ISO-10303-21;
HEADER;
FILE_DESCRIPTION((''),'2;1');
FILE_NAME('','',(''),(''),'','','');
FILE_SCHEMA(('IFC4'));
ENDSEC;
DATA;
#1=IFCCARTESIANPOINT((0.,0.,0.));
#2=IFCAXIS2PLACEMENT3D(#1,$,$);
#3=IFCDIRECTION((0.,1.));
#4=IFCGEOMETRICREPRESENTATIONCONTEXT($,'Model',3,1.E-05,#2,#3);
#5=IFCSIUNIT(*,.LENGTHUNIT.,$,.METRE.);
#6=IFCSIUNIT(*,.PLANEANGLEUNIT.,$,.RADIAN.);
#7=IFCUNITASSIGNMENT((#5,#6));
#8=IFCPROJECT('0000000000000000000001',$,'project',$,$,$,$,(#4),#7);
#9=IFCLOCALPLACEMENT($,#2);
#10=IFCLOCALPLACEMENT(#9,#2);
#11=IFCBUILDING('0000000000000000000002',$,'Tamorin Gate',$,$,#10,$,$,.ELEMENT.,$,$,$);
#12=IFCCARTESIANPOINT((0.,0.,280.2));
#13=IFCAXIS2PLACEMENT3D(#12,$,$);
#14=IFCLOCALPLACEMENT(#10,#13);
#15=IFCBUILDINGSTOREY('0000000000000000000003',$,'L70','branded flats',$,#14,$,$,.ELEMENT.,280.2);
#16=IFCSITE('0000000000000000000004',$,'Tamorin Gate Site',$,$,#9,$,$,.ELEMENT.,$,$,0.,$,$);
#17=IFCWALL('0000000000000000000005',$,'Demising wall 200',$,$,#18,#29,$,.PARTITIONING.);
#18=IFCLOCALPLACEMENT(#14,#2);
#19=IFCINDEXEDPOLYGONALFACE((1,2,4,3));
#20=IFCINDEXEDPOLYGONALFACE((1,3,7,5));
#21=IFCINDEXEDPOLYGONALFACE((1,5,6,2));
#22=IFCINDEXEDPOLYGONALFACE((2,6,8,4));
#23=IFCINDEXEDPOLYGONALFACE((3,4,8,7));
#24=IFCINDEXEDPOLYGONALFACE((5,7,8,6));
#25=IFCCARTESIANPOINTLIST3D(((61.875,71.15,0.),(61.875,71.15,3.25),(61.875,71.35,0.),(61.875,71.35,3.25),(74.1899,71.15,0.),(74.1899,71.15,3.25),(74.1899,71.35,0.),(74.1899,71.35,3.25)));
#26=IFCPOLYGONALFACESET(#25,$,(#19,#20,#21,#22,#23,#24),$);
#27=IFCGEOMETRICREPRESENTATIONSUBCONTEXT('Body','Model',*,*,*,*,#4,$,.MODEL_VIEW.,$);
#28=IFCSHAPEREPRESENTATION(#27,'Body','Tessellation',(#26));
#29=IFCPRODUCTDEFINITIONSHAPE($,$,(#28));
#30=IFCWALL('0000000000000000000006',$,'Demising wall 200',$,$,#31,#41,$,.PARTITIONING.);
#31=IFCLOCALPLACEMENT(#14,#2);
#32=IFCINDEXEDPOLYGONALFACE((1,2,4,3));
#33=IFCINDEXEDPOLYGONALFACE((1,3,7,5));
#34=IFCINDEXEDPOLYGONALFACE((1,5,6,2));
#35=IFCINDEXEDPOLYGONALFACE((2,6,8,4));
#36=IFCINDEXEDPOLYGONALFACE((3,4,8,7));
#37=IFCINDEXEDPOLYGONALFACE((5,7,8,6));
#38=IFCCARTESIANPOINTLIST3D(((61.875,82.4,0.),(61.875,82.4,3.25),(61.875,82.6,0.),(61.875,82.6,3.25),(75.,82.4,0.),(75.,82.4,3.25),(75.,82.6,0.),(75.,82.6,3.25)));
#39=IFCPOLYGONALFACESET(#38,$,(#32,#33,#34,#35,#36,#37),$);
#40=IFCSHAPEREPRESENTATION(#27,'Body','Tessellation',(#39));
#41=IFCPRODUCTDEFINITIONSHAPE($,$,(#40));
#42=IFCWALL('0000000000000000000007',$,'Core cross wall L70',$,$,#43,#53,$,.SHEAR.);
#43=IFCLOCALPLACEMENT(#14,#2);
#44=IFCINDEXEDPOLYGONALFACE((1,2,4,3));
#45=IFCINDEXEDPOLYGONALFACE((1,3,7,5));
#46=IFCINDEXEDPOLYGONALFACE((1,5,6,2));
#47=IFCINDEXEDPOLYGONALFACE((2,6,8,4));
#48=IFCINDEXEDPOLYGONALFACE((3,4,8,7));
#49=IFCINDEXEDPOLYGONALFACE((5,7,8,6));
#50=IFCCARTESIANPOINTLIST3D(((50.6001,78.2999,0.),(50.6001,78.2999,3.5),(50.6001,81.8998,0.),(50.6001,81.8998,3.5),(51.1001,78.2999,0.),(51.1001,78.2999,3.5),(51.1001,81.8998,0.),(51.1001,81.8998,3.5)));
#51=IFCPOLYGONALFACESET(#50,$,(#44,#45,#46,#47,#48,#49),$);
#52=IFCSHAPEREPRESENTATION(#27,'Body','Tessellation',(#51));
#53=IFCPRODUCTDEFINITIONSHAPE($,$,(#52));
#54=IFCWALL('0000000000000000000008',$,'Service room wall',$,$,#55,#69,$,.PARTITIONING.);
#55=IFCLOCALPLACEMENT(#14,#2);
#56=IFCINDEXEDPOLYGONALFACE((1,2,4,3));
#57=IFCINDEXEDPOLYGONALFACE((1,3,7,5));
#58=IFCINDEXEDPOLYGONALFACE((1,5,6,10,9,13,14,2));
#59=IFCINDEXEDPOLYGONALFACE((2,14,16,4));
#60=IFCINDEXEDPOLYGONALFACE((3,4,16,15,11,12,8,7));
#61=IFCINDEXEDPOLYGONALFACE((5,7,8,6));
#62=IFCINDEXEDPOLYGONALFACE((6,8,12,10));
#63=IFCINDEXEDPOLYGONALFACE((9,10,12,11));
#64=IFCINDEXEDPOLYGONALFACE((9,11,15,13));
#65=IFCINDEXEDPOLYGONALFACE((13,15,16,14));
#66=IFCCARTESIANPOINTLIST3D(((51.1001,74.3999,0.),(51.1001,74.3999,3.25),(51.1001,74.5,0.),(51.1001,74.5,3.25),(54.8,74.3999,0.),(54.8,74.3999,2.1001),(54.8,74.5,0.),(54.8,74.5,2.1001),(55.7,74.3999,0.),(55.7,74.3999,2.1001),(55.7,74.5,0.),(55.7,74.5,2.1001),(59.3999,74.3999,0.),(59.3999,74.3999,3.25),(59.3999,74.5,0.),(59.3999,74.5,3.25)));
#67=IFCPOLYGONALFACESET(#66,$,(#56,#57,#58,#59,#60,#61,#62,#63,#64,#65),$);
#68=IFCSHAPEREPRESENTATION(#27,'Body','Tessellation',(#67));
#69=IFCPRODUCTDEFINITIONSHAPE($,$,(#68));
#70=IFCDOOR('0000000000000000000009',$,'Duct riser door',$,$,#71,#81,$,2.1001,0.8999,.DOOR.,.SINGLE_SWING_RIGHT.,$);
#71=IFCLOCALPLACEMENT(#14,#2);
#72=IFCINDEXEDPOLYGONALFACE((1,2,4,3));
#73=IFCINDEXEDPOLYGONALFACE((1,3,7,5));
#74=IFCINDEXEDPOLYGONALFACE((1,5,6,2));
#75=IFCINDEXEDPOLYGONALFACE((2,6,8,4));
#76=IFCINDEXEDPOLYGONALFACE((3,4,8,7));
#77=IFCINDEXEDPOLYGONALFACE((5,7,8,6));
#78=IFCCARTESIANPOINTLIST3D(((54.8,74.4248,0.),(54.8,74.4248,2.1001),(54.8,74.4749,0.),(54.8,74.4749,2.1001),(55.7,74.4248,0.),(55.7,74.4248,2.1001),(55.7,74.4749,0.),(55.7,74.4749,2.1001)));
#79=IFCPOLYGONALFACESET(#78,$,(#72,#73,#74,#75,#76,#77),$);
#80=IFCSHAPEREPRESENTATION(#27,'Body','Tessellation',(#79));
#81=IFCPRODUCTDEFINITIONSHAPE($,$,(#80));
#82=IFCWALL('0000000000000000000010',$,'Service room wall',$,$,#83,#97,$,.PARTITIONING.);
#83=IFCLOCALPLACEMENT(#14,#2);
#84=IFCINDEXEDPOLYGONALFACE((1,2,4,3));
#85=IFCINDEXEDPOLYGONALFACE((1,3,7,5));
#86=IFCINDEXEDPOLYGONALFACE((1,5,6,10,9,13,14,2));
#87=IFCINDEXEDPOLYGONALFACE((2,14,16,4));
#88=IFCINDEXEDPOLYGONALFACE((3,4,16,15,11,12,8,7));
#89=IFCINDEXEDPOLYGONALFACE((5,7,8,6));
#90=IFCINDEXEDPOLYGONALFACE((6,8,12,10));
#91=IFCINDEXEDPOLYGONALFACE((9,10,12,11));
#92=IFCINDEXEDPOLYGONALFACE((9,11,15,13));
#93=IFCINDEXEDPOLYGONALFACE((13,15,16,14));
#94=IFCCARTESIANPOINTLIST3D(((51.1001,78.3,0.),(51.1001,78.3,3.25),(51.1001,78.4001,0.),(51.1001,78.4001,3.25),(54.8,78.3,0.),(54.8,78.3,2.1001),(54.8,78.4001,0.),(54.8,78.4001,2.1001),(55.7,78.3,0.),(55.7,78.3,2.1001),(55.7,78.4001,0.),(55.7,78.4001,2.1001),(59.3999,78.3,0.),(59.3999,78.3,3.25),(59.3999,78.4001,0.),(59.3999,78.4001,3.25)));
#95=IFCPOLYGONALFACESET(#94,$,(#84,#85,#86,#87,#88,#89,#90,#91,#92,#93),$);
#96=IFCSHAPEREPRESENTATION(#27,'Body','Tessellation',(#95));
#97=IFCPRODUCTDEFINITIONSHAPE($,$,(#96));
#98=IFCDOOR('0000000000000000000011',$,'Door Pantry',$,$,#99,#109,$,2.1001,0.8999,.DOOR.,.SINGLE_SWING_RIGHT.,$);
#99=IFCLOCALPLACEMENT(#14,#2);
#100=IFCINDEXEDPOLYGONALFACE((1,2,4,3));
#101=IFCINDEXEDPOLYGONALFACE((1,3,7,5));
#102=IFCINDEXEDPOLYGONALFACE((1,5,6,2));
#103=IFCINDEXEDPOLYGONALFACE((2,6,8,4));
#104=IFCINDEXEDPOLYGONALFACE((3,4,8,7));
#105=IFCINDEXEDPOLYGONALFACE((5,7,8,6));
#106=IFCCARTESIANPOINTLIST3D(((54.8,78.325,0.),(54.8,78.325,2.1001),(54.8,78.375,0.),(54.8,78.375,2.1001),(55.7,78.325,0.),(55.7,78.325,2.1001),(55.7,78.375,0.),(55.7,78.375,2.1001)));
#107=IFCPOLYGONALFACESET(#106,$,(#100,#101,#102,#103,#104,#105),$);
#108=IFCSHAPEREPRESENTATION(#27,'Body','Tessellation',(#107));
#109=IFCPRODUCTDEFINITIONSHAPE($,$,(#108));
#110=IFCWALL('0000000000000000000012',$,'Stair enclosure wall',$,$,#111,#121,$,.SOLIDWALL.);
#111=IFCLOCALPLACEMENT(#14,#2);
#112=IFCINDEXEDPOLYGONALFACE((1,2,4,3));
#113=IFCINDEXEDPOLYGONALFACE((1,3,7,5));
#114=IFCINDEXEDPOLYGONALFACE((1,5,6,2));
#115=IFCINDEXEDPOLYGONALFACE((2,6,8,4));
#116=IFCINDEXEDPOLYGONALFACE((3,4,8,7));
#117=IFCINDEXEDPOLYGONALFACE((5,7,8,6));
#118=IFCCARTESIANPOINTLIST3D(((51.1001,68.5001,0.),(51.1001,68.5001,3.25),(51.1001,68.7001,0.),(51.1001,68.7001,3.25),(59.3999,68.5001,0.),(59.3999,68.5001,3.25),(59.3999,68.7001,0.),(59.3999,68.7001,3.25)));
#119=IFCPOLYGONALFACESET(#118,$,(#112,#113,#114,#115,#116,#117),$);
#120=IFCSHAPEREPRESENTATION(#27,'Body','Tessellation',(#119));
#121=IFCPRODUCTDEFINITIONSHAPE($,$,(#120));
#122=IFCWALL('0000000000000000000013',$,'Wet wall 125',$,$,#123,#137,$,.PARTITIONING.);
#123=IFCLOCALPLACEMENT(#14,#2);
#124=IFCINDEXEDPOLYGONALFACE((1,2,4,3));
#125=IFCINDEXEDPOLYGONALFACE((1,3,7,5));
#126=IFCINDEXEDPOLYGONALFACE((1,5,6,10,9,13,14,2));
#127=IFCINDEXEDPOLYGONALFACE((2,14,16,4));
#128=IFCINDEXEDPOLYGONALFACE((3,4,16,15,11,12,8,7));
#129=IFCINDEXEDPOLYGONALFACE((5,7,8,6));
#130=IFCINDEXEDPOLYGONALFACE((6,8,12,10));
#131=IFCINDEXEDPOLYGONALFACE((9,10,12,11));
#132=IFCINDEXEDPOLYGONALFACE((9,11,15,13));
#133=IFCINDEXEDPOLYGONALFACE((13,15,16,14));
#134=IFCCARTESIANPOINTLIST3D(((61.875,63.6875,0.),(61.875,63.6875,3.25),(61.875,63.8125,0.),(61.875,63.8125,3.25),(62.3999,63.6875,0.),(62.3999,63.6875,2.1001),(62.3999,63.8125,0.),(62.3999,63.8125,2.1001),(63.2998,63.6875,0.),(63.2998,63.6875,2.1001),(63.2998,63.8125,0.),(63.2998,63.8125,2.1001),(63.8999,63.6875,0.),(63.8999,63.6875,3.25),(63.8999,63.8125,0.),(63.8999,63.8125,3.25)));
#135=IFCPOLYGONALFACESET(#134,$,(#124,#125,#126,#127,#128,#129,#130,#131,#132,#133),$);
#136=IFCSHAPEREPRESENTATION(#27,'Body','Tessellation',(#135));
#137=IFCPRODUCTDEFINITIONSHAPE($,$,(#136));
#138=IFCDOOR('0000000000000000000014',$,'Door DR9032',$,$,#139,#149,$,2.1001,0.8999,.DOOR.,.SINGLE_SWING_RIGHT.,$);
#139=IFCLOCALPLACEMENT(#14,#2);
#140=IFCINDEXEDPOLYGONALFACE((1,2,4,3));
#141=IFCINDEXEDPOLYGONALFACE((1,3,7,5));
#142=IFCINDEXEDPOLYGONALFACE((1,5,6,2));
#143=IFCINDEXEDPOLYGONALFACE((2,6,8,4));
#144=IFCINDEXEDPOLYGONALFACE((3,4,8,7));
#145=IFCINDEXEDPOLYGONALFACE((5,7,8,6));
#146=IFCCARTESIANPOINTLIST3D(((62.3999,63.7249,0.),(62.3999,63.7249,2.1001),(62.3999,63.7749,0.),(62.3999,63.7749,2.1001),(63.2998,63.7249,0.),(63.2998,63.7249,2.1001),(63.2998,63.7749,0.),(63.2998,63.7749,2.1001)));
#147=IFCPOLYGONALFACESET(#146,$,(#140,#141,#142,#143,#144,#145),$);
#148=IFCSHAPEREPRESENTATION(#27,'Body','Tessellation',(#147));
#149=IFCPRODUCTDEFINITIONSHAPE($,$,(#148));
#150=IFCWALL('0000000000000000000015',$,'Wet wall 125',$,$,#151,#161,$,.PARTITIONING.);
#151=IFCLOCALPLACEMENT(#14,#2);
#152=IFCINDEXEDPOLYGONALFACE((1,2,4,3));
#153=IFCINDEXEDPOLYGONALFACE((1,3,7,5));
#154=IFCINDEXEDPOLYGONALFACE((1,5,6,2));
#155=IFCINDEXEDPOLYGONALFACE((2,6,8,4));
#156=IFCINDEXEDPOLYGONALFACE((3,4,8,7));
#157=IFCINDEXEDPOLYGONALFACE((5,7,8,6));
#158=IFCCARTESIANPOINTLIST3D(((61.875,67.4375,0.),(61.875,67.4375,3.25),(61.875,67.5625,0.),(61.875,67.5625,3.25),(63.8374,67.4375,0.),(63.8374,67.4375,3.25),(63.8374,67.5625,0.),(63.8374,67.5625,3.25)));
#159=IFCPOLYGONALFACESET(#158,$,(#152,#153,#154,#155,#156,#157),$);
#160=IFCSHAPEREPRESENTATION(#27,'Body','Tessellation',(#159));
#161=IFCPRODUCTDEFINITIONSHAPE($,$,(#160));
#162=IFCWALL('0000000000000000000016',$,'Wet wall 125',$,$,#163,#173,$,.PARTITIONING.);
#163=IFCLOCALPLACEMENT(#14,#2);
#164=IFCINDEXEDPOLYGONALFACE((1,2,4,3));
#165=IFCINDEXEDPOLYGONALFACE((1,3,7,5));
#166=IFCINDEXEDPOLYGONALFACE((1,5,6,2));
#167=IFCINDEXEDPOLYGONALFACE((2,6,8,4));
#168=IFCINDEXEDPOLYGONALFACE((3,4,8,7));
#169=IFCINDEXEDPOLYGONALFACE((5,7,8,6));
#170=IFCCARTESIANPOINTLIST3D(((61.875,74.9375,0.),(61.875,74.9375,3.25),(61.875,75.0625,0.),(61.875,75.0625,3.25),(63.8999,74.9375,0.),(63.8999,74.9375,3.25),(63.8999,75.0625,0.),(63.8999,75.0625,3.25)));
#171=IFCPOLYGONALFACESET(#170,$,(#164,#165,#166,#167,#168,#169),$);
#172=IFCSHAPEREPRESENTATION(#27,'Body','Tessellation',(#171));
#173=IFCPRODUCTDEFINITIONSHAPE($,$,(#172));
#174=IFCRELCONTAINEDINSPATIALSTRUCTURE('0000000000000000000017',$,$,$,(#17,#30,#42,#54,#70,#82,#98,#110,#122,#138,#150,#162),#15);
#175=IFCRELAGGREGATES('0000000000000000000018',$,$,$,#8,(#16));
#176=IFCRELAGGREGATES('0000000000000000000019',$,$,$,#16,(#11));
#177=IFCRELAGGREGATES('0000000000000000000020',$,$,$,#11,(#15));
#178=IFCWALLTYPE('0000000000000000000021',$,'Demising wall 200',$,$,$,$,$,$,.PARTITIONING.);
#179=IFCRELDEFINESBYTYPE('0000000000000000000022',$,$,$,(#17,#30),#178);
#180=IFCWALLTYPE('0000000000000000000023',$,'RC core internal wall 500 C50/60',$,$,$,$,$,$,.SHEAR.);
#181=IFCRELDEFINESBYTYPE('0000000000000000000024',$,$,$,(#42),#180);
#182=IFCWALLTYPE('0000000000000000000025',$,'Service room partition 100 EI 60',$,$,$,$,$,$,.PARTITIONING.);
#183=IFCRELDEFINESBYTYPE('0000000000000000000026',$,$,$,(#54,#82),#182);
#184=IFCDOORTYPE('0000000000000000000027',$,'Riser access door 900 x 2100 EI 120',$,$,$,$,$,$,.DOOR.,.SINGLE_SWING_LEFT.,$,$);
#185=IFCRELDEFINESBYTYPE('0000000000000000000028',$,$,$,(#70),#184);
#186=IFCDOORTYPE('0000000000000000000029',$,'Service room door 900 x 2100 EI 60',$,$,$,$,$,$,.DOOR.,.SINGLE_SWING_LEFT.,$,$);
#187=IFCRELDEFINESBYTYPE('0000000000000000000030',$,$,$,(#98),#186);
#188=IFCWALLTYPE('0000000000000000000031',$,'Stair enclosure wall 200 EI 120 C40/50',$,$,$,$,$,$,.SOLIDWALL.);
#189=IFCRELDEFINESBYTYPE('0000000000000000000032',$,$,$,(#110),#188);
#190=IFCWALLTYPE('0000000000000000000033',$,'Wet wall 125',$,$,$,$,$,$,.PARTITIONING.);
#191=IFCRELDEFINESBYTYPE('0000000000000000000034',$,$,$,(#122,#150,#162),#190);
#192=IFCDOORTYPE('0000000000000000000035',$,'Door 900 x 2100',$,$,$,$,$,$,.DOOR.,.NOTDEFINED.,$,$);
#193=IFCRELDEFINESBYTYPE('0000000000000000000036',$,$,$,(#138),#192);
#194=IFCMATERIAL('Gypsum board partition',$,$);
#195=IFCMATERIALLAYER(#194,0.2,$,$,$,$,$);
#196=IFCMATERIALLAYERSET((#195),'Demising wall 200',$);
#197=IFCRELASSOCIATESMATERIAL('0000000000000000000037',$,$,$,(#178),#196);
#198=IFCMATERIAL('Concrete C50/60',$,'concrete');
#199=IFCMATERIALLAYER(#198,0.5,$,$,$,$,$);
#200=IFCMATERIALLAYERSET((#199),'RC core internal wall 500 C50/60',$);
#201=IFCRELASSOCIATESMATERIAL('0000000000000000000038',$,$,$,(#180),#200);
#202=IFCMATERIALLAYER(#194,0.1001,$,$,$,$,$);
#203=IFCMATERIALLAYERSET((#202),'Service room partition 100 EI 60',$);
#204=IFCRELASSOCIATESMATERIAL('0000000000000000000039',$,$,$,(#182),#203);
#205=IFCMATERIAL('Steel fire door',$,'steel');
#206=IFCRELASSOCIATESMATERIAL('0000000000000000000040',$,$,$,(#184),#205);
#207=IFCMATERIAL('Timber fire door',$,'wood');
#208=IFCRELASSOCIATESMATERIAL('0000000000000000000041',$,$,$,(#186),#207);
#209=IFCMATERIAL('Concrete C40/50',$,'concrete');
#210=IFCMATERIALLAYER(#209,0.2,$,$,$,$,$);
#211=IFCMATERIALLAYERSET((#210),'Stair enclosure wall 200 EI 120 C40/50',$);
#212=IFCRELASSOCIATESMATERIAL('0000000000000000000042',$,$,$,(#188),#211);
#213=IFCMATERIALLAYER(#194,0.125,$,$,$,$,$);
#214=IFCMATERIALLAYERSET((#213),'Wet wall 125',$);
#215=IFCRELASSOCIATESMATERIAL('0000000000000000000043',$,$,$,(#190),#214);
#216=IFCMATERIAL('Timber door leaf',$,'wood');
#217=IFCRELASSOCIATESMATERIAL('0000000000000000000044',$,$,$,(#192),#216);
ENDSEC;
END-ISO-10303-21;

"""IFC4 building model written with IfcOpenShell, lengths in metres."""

from ifc_helpers import new_model, si_unit, direction, frame, frame_2d, origin, place, context, subcontext, project, spatial, rectangle, extrude, material, layer, layer_set, type_object, element, fill, save


model = new_model("IFC4")

# Units and contexts
model_context = context("Model", 3, precision=1e-05, world=origin(), true_north=direction((0.0, 1.0)))
body_context = subcontext(model_context, "Body", "Model", "MODEL_VIEW")
ifc_project = project(units=[si_unit("LENGTHUNIT", "METRE"), si_unit("PLANEANGLEUNIT", "RADIAN")], contexts=[model_context])

# Site, building, storey
site_placement = place(None, origin())
site = spatial("IfcSite", under=ifc_project, at=site_placement, Name="Tamorin Gate Site", CompositionType="ELEMENT", RefElevation=0.0)
building_placement = place(site_placement, origin())
building = spatial("IfcBuilding", under=site, at=building_placement, Name="Tamorin Gate", CompositionType="ELEMENT")
storey_placement = place(building_placement, frame((0.0, 0.0, 280.2)))
storey = spatial("IfcBuildingStorey", under=building, at=storey_placement, Name="L70", Description="branded flats", CompositionType="ELEMENT", Elevation=280.2)

# Walls
ifc_material_1 = material(Name="Gypsum board partition")
ifc_layer_1 = layer(ifc_material_1, 0.2)
ifc_layer_set_1 = layer_set([ifc_layer_1], Name="Demising wall 200")
wall_type_1 = type_object("IfcWallType", Name="Demising wall 200", PredefinedType="PARTITIONING", material=ifc_layer_set_1)
wall_1_placement = place(storey_placement, frame((61.875, 71.25, 0.0), z_axis=(0.0, 0.0, 1.0), x_axis=(1.0, 0.0, 0.0)))
element("IfcWall", 1, at=wall_1_placement, inside=storey, type_object=wall_type_1, Name="Demising wall 200", PredefinedType="PARTITIONING", context=body_context, shape_type="SweptSolid", body=[
    extrude(rectangle(XDim=12.3149, YDim=0.2, at=frame_2d((6.1575, 0.0))), origin(), (0.0, 0.0, 1.0), 3.25),
])
wall_2_placement = place(storey_placement, frame((61.875, 82.5, 0.0), z_axis=(0.0, 0.0, 1.0), x_axis=(1.0, 0.0, 0.0)))
element("IfcWall", 2, at=wall_2_placement, inside=storey, type_object=wall_type_1, Name="Demising wall 200", PredefinedType="PARTITIONING", context=body_context, shape_type="SweptSolid", body=[
    extrude(rectangle(XDim=13.125, YDim=0.2, at=frame_2d((6.5625, 0.0))), origin(), (0.0, 0.0, 1.0), 3.25),
])
ifc_material_2 = material(Name="Concrete C50/60", Category="concrete")
ifc_layer_2 = layer(ifc_material_2, 0.5)
ifc_layer_set_2 = layer_set([ifc_layer_2], Name="RC core internal wall 500 C50/60")
wall_type_2 = type_object("IfcWallType", Name="RC core internal wall 500 C50/60", PredefinedType="SHEAR", material=ifc_layer_set_2)
wall_3_placement = place(storey_placement, frame((50.8501, 78.3, 0.0), z_axis=(0.0, 0.0, 1.0), x_axis=(0.0, 1.0, 0.0)))
element("IfcWall", 3, at=wall_3_placement, inside=storey, type_object=wall_type_2, Name="Core cross wall L70", PredefinedType="SHEAR", context=body_context, shape_type="SweptSolid", body=[
    extrude(rectangle(XDim=3.5999, YDim=0.5, at=frame_2d((1.7998, 0.0))), origin(), (0.0, 0.0, 1.0), 3.5),
])

# Walls, openings, doors
ifc_layer_3 = layer(ifc_material_1, 0.1001)
ifc_layer_set_3 = layer_set([ifc_layer_3], Name="Service room partition 100 EI 60")
wall_type_3 = type_object("IfcWallType", Name="Service room partition 100 EI 60", PredefinedType="PARTITIONING", material=ifc_layer_set_3)
wall_4_placement = place(storey_placement, frame((51.1001, 74.45, 0.0), z_axis=(0.0, 0.0, 1.0), x_axis=(1.0, 0.0, 0.0)))
wall_4 = element("IfcWall", 4, at=wall_4_placement, inside=storey, type_object=wall_type_3, Name="Service room wall", PredefinedType="PARTITIONING", context=body_context, shape_type="SweptSolid", body=[
    extrude(rectangle(XDim=8.2998, YDim=0.1001, at=frame_2d((4.1499, 0.0))), origin(), (0.0, 0.0, 1.0), 3.25),
])
opening_1_placement = place(wall_4_placement, frame((3.7, 0.0, 0.0)))
opening_1 = element("IfcOpeningElement", 5, at=opening_1_placement, cuts=wall_4, PredefinedType="OPENING", context=body_context, shape_type="SweptSolid", body=[
    extrude(rectangle(XDim=0.8999, YDim=2.1001, at=frame_2d((0.45, 1.05))), frame((0.0, 0.0601, 0.0), z_axis=(0.0, -1.0, 0.0), x_axis=(1.0, 0.0, 0.0)), (0.0, 0.0, 1.0), 0.1201),
])
ifc_material_3 = material(Name="Steel fire door", Category="steel")
door_type_1 = type_object("IfcDoorType", Name="Riser access door 900 x 2100 EI 120", OperationType="SINGLE_SWING_LEFT", PredefinedType="DOOR", material=ifc_material_3)
door_1_placement = place(opening_1_placement, origin())
door_1 = element("IfcDoor", 6, at=door_1_placement, inside=storey, type_object=door_type_1, Name="Duct riser door", OperationType="SINGLE_SWING_RIGHT", OverallHeight=2.1001, OverallWidth=0.8999, PredefinedType="DOOR", context=body_context, shape_type="SweptSolid", body=[
    extrude(rectangle(XDim=0.8999, YDim=2.1001, at=frame_2d((0.45, 1.05))), frame((0.0, 0.0249, 0.0), z_axis=(0.0, -1.0, 0.0), x_axis=(1.0, 0.0, 0.0)), (0.0, 0.0, 1.0), 0.05),
])
fill(opening_1, door_1)
wall_5_placement = place(storey_placement, frame((51.1001, 78.3501, 0.0), z_axis=(0.0, 0.0, 1.0), x_axis=(1.0, 0.0, 0.0)))
wall_5 = element("IfcWall", 7, at=wall_5_placement, inside=storey, type_object=wall_type_3, Name="Service room wall", PredefinedType="PARTITIONING", context=body_context, shape_type="SweptSolid", body=[
    extrude(rectangle(XDim=8.2998, YDim=0.1001, at=frame_2d((4.1499, 0.0))), origin(), (0.0, 0.0, 1.0), 3.25),
])
opening_2_placement = place(wall_5_placement, frame((3.7, 0.0, 0.0)))
opening_2 = element("IfcOpeningElement", 8, at=opening_2_placement, cuts=wall_5, PredefinedType="OPENING", context=body_context, shape_type="SweptSolid", body=[
    extrude(rectangle(XDim=0.8999, YDim=2.1001, at=frame_2d((0.45, 1.05))), frame((0.0, 0.0601, 0.0), z_axis=(0.0, -1.0, 0.0), x_axis=(1.0, 0.0, 0.0)), (0.0, 0.0, 1.0), 0.1201),
])
ifc_material_4 = material(Name="Timber fire door", Category="wood")
door_type_2 = type_object("IfcDoorType", Name="Service room door 900 x 2100 EI 60", OperationType="SINGLE_SWING_LEFT", PredefinedType="DOOR", material=ifc_material_4)
door_2_placement = place(opening_2_placement, origin())
door_2 = element("IfcDoor", 9, at=door_2_placement, inside=storey, type_object=door_type_2, Name="Door Pantry", OperationType="SINGLE_SWING_RIGHT", OverallHeight=2.1001, OverallWidth=0.8999, PredefinedType="DOOR", context=body_context, shape_type="SweptSolid", body=[
    extrude(rectangle(XDim=0.8999, YDim=2.1001, at=frame_2d((0.45, 1.05))), frame((0.0, 0.0249, 0.0), z_axis=(0.0, -1.0, 0.0), x_axis=(1.0, 0.0, 0.0)), (0.0, 0.0, 1.0), 0.05),
])
fill(opening_2, door_2)

# Wall
ifc_material_5 = material(Name="Concrete C40/50", Category="concrete")
ifc_layer_4 = layer(ifc_material_5, 0.2)
ifc_layer_set_4 = layer_set([ifc_layer_4], Name="Stair enclosure wall 200 EI 120 C40/50")
wall_type_4 = type_object("IfcWallType", Name="Stair enclosure wall 200 EI 120 C40/50", PredefinedType="SOLIDWALL", material=ifc_layer_set_4)
wall_6_placement = place(storey_placement, frame((51.1001, 68.6001, 0.0), z_axis=(0.0, 0.0, 1.0), x_axis=(1.0, 0.0, 0.0)))
element("IfcWall", 10, at=wall_6_placement, inside=storey, type_object=wall_type_4, Name="Stair enclosure wall", PredefinedType="SOLIDWALL", context=body_context, shape_type="SweptSolid", body=[
    extrude(rectangle(XDim=8.2998, YDim=0.2, at=frame_2d((4.1499, 0.0))), origin(), (0.0, 0.0, 1.0), 3.25),
])

# Wall, opening, door
ifc_layer_5 = layer(ifc_material_1, 0.125)
ifc_layer_set_5 = layer_set([ifc_layer_5], Name="Wet wall 125")
wall_type_5 = type_object("IfcWallType", Name="Wet wall 125", PredefinedType="PARTITIONING", material=ifc_layer_set_5)
wall_7_placement = place(storey_placement, frame((61.875, 63.75, 0.0), z_axis=(0.0, 0.0, 1.0), x_axis=(1.0, 0.0, 0.0)))
wall_7 = element("IfcWall", 11, at=wall_7_placement, inside=storey, type_object=wall_type_5, Name="Wet wall 125", PredefinedType="PARTITIONING", context=body_context, shape_type="SweptSolid", body=[
    extrude(rectangle(XDim=2.0249, YDim=0.125, at=frame_2d((1.0125, 0.0))), origin(), (0.0, 0.0, 1.0), 3.25),
])
opening_3_placement = place(wall_7_placement, frame((0.5249, 0.0, 0.0)))
opening_3 = element("IfcOpeningElement", 12, at=opening_3_placement, cuts=wall_7, PredefinedType="OPENING", context=body_context, shape_type="SweptSolid", body=[
    extrude(rectangle(XDim=0.8999, YDim=2.1001, at=frame_2d((0.45, 1.05))), frame((0.0, 0.0725, 0.0), z_axis=(0.0, -1.0, 0.0), x_axis=(1.0, 0.0, 0.0)), (0.0, 0.0, 1.0), 0.145),
])
ifc_material_6 = material(Name="Timber door leaf", Category="wood")
door_type_3 = type_object("IfcDoorType", Name="Door 900 x 2100", OperationType="NOTDEFINED", PredefinedType="DOOR", material=ifc_material_6)
door_3_placement = place(opening_3_placement, origin())
door_3 = element("IfcDoor", 13, at=door_3_placement, inside=storey, type_object=door_type_3, Name="Door DR9032", OperationType="SINGLE_SWING_RIGHT", OverallHeight=2.1001, OverallWidth=0.8999, PredefinedType="DOOR", context=body_context, shape_type="SweptSolid", body=[
    extrude(rectangle(XDim=0.8999, YDim=2.1001, at=frame_2d((0.45, 1.05))), frame((0.0, 0.0249, 0.0), z_axis=(0.0, -1.0, 0.0), x_axis=(1.0, 0.0, 0.0)), (0.0, 0.0, 1.0), 0.05),
])
fill(opening_3, door_3)

# Walls
wall_8_placement = place(storey_placement, frame((61.875, 67.5, 0.0), z_axis=(0.0, 0.0, 1.0), x_axis=(1.0, 0.0, 0.0)))
element("IfcWall", 14, at=wall_8_placement, inside=storey, type_object=wall_type_5, Name="Wet wall 125", PredefinedType="PARTITIONING", context=body_context, shape_type="SweptSolid", body=[
    extrude(rectangle(XDim=1.9624, YDim=0.125, at=frame_2d((0.9812, 0.0))), origin(), (0.0, 0.0, 1.0), 3.25),
])
wall_9_placement = place(storey_placement, frame((61.875, 75.0, 0.0), z_axis=(0.0, 0.0, 1.0), x_axis=(1.0, 0.0, 0.0)))
element("IfcWall", 15, at=wall_9_placement, inside=storey, type_object=wall_type_5, Name="Wet wall 125", PredefinedType="PARTITIONING", context=body_context, shape_type="SweptSolid", body=[
    extrude(rectangle(XDim=2.0249, YDim=0.125, at=frame_2d((1.0125, 0.0))), origin(), (0.0, 0.0, 1.0), 3.25),
])

save(model, "model.ifc")
